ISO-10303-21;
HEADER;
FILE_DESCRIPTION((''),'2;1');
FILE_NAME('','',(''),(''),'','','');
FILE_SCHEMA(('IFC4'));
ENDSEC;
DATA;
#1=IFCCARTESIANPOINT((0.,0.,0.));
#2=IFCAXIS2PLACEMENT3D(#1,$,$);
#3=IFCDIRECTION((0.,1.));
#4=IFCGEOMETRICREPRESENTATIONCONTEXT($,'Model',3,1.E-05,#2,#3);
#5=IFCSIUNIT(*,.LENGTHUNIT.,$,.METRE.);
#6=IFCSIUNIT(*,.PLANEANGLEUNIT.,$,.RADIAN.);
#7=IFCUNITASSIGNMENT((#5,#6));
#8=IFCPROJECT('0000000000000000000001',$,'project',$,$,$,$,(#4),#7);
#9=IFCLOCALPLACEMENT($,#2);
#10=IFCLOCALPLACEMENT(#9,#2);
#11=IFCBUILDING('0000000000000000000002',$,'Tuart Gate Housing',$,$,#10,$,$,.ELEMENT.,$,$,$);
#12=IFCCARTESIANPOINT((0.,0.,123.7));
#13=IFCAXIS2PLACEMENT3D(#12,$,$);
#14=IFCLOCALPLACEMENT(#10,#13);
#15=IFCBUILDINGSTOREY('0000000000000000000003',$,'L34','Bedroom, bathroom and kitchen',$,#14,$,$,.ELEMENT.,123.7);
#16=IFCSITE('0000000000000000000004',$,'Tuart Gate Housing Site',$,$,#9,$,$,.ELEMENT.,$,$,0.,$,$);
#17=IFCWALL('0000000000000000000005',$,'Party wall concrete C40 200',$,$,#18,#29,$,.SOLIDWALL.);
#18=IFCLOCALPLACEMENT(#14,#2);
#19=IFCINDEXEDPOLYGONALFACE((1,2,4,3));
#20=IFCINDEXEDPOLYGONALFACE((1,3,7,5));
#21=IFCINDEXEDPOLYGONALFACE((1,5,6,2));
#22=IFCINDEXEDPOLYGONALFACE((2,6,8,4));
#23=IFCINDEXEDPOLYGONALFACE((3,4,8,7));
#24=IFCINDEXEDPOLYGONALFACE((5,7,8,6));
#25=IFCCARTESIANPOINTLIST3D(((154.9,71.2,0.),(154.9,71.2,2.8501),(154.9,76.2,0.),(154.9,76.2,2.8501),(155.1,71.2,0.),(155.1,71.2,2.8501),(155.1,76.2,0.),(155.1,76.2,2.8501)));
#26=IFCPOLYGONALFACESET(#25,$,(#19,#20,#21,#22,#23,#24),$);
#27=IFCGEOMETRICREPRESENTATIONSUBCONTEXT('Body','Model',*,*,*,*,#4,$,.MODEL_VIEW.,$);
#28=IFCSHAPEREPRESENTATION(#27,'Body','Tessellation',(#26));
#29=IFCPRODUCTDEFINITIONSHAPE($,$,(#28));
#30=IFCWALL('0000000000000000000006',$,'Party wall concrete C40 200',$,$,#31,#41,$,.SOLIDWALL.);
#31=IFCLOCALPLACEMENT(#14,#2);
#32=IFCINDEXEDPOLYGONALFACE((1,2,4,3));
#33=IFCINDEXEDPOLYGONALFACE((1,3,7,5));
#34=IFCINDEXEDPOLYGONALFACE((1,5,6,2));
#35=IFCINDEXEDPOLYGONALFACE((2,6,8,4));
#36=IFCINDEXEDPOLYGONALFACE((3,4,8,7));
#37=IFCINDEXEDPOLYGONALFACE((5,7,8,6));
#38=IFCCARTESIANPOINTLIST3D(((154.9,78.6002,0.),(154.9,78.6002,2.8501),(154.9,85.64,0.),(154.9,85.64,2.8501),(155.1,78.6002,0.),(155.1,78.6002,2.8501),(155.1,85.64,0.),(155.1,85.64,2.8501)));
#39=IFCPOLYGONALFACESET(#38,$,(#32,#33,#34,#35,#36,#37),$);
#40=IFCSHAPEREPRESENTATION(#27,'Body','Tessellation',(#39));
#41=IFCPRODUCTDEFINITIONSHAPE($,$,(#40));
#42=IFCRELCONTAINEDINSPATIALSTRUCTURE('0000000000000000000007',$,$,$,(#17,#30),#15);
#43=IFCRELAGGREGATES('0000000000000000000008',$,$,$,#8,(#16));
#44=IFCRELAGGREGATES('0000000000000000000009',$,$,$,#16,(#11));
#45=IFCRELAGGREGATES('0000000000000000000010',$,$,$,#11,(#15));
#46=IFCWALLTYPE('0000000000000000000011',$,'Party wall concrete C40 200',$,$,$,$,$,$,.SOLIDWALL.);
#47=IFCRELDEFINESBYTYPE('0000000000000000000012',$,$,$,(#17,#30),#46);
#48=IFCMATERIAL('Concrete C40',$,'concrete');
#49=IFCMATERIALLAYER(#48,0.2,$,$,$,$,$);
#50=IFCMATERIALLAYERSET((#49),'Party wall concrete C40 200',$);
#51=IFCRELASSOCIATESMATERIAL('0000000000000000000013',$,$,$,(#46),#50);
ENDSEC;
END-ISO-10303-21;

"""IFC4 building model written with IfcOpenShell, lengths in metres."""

from ifc_helpers import new_model, si_unit, direction, frame, frame_2d, origin, place, context, subcontext, project, spatial, rectangle, extrude, material, layer, layer_set, type_object, element, save


model = new_model("IFC4")

# Units and contexts
model_context = context("Model", 3, precision=1e-05, world=origin(), true_north=direction((0.0, 1.0)))
body_context = subcontext(model_context, "Body", "Model", "MODEL_VIEW")
ifc_project = project(units=[si_unit("LENGTHUNIT", "METRE"), si_unit("PLANEANGLEUNIT", "RADIAN")], contexts=[model_context])

# Site, building, storey
site_placement = place(None, origin())
site = spatial("IfcSite", under=ifc_project, at=site_placement, Name="Tuart Gate Housing Site", CompositionType="ELEMENT", RefElevation=0.0)
building_placement = place(site_placement, origin())
building = spatial("IfcBuilding", under=site, at=building_placement, Name="Tuart Gate Housing", CompositionType="ELEMENT")
storey_placement = place(building_placement, frame((0.0, 0.0, 123.7)))
storey = spatial("IfcBuildingStorey", under=building, at=storey_placement, Name="L34", Description="Bedroom, bathroom and kitchen", CompositionType="ELEMENT", Elevation=123.7)

# Walls
ifc_material_1 = material(Name="Concrete C40", Category="concrete")
ifc_layer_1 = layer(ifc_material_1, 0.2)
ifc_layer_set_1 = layer_set([ifc_layer_1], Name="Party wall concrete C40 200")
wall_type_1 = type_object("IfcWallType", Name="Party wall concrete C40 200", PredefinedType="SOLIDWALL", material=ifc_layer_set_1)
wall_1_placement = place(storey_placement, frame((155.0, 71.2, 0.0), z_axis=(0.0, 0.0, 1.0), x_axis=(0.0, 1.0, 0.0)))
element("IfcWall", 1, at=wall_1_placement, inside=storey, type_object=wall_type_1, Name="Party wall concrete C40 200", PredefinedType="SOLIDWALL", context=body_context, shape_type="SweptSolid", body=[
    extrude(rectangle(XDim=5.0, YDim=0.2, at=frame_2d((2.5, 0.0))), origin(), (0.0, 0.0, 1.0), 2.8501),
])
wall_2_placement = place(storey_placement, frame((155.0, 78.6001, 0.0), z_axis=(0.0, 0.0, 1.0), x_axis=(0.0, 1.0, 0.0)))
element("IfcWall", 2, at=wall_2_placement, inside=storey, type_object=wall_type_1, Name="Party wall concrete C40 200", PredefinedType="SOLIDWALL", context=body_context, shape_type="SweptSolid", body=[
    extrude(rectangle(XDim=7.0398, YDim=0.2, at=frame_2d((3.52, 0.0))), origin(), (0.0, 0.0, 1.0), 2.8501),
])

save(model, "model.ifc")
